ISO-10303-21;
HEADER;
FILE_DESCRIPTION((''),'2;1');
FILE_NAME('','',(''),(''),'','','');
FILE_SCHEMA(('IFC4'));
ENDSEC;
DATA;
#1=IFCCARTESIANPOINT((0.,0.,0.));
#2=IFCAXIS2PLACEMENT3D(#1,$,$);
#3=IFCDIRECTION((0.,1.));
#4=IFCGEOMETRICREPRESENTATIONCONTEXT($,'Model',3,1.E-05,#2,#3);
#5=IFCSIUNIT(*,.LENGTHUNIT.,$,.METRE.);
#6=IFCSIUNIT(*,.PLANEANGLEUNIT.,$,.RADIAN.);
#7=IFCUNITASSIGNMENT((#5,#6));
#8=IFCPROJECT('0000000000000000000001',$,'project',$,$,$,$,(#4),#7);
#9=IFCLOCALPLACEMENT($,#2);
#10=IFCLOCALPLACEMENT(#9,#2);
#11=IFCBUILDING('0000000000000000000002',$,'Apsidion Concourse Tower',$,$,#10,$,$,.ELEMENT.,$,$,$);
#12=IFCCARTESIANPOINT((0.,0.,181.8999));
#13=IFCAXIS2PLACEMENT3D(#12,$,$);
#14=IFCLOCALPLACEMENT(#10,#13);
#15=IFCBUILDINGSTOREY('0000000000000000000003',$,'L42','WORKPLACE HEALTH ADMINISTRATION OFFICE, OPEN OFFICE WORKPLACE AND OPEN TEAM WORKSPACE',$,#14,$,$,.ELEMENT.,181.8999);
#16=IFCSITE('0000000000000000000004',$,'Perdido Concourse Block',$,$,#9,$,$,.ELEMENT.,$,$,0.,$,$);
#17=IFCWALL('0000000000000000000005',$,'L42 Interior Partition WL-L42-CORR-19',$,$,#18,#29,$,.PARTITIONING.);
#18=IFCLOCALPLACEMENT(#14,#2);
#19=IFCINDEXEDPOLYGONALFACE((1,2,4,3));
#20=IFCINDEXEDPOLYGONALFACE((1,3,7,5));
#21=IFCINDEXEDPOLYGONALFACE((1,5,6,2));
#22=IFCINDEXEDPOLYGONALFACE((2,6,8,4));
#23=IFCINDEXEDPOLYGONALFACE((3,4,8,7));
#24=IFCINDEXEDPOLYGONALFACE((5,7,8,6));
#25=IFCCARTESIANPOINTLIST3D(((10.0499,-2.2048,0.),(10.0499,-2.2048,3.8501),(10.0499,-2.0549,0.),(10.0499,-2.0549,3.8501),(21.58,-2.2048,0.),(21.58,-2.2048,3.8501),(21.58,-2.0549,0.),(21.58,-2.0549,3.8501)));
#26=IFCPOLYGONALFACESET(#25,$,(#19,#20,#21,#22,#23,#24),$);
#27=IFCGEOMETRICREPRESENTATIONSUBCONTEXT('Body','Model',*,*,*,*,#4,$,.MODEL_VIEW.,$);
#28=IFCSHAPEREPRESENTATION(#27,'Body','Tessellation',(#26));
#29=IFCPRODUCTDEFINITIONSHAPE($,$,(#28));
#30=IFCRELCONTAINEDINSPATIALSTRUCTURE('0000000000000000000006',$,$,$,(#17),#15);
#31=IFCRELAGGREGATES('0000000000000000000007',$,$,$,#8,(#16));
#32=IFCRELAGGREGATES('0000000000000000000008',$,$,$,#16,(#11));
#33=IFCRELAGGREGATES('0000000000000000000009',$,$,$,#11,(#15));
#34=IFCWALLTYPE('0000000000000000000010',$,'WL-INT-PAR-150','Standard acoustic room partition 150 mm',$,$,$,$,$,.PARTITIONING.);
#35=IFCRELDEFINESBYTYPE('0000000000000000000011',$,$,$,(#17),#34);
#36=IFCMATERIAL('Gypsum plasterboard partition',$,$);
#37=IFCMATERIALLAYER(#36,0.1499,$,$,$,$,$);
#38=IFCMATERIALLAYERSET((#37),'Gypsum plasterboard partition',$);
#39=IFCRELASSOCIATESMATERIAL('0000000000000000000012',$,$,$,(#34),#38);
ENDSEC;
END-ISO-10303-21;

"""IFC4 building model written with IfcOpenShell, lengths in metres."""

from ifc_helpers import new_model, si_unit, direction, frame, frame_2d, origin, place, context, subcontext, project, spatial, rectangle, extrude, material, layer, layer_set, type_object, element, save


model = new_model("IFC4")

# Units and contexts
model_context = context("Model", 3, precision=1e-05, world=origin(), true_north=direction((0.0, 1.0)))
body_context = subcontext(model_context, "Body", "Model", "MODEL_VIEW")
ifc_project = project(units=[si_unit("LENGTHUNIT", "METRE"), si_unit("PLANEANGLEUNIT", "RADIAN")], contexts=[model_context])

# Site, building, storey
site_placement = place(None, origin())
site = spatial("IfcSite", under=ifc_project, at=site_placement, Name="Perdido Concourse Block", CompositionType="ELEMENT", RefElevation=0.0)
building_placement = place(site_placement, origin())
building = spatial("IfcBuilding", under=site, at=building_placement, Name="Apsidion Concourse Tower", CompositionType="ELEMENT")
storey_placement = place(building_placement, frame((0.0, 0.0, 181.8999)))
storey = spatial("IfcBuildingStorey", under=building, at=storey_placement, Name="L42", Description="WORKPLACE HEALTH ADMINISTRATION OFFICE, OPEN OFFICE WORKPLACE AND OPEN TEAM WORKSPACE", CompositionType="ELEMENT", Elevation=181.8999)

# Wall
ifc_material_1 = material(Name="Gypsum plasterboard partition")
ifc_layer_1 = layer(ifc_material_1, 0.1499)
ifc_layer_set_1 = layer_set([ifc_layer_1], Name="Gypsum plasterboard partition")
wall_type_1 = type_object("IfcWallType", Name="WL-INT-PAR-150", Description="Standard acoustic room partition 150 mm", PredefinedType="PARTITIONING", material=ifc_layer_set_1)
wall_1_placement = place(storey_placement, frame((21.5801, -2.1299, 0.0), z_axis=(0.0, 0.0, 1.0), x_axis=(-1.0, 0.0, 0.0)))
element("IfcWall", 1, at=wall_1_placement, inside=storey, type_object=wall_type_1, Name="L42 Interior Partition WL-L42-CORR-19", PredefinedType="PARTITIONING", context=body_context, shape_type="SweptSolid", body=[
    extrude(rectangle(XDim=11.53, YDim=0.1499, at=frame_2d((5.7651, 0.0))), origin(), (0.0, 0.0, 1.0), 3.8501),
])

save(model, "model.ifc")
